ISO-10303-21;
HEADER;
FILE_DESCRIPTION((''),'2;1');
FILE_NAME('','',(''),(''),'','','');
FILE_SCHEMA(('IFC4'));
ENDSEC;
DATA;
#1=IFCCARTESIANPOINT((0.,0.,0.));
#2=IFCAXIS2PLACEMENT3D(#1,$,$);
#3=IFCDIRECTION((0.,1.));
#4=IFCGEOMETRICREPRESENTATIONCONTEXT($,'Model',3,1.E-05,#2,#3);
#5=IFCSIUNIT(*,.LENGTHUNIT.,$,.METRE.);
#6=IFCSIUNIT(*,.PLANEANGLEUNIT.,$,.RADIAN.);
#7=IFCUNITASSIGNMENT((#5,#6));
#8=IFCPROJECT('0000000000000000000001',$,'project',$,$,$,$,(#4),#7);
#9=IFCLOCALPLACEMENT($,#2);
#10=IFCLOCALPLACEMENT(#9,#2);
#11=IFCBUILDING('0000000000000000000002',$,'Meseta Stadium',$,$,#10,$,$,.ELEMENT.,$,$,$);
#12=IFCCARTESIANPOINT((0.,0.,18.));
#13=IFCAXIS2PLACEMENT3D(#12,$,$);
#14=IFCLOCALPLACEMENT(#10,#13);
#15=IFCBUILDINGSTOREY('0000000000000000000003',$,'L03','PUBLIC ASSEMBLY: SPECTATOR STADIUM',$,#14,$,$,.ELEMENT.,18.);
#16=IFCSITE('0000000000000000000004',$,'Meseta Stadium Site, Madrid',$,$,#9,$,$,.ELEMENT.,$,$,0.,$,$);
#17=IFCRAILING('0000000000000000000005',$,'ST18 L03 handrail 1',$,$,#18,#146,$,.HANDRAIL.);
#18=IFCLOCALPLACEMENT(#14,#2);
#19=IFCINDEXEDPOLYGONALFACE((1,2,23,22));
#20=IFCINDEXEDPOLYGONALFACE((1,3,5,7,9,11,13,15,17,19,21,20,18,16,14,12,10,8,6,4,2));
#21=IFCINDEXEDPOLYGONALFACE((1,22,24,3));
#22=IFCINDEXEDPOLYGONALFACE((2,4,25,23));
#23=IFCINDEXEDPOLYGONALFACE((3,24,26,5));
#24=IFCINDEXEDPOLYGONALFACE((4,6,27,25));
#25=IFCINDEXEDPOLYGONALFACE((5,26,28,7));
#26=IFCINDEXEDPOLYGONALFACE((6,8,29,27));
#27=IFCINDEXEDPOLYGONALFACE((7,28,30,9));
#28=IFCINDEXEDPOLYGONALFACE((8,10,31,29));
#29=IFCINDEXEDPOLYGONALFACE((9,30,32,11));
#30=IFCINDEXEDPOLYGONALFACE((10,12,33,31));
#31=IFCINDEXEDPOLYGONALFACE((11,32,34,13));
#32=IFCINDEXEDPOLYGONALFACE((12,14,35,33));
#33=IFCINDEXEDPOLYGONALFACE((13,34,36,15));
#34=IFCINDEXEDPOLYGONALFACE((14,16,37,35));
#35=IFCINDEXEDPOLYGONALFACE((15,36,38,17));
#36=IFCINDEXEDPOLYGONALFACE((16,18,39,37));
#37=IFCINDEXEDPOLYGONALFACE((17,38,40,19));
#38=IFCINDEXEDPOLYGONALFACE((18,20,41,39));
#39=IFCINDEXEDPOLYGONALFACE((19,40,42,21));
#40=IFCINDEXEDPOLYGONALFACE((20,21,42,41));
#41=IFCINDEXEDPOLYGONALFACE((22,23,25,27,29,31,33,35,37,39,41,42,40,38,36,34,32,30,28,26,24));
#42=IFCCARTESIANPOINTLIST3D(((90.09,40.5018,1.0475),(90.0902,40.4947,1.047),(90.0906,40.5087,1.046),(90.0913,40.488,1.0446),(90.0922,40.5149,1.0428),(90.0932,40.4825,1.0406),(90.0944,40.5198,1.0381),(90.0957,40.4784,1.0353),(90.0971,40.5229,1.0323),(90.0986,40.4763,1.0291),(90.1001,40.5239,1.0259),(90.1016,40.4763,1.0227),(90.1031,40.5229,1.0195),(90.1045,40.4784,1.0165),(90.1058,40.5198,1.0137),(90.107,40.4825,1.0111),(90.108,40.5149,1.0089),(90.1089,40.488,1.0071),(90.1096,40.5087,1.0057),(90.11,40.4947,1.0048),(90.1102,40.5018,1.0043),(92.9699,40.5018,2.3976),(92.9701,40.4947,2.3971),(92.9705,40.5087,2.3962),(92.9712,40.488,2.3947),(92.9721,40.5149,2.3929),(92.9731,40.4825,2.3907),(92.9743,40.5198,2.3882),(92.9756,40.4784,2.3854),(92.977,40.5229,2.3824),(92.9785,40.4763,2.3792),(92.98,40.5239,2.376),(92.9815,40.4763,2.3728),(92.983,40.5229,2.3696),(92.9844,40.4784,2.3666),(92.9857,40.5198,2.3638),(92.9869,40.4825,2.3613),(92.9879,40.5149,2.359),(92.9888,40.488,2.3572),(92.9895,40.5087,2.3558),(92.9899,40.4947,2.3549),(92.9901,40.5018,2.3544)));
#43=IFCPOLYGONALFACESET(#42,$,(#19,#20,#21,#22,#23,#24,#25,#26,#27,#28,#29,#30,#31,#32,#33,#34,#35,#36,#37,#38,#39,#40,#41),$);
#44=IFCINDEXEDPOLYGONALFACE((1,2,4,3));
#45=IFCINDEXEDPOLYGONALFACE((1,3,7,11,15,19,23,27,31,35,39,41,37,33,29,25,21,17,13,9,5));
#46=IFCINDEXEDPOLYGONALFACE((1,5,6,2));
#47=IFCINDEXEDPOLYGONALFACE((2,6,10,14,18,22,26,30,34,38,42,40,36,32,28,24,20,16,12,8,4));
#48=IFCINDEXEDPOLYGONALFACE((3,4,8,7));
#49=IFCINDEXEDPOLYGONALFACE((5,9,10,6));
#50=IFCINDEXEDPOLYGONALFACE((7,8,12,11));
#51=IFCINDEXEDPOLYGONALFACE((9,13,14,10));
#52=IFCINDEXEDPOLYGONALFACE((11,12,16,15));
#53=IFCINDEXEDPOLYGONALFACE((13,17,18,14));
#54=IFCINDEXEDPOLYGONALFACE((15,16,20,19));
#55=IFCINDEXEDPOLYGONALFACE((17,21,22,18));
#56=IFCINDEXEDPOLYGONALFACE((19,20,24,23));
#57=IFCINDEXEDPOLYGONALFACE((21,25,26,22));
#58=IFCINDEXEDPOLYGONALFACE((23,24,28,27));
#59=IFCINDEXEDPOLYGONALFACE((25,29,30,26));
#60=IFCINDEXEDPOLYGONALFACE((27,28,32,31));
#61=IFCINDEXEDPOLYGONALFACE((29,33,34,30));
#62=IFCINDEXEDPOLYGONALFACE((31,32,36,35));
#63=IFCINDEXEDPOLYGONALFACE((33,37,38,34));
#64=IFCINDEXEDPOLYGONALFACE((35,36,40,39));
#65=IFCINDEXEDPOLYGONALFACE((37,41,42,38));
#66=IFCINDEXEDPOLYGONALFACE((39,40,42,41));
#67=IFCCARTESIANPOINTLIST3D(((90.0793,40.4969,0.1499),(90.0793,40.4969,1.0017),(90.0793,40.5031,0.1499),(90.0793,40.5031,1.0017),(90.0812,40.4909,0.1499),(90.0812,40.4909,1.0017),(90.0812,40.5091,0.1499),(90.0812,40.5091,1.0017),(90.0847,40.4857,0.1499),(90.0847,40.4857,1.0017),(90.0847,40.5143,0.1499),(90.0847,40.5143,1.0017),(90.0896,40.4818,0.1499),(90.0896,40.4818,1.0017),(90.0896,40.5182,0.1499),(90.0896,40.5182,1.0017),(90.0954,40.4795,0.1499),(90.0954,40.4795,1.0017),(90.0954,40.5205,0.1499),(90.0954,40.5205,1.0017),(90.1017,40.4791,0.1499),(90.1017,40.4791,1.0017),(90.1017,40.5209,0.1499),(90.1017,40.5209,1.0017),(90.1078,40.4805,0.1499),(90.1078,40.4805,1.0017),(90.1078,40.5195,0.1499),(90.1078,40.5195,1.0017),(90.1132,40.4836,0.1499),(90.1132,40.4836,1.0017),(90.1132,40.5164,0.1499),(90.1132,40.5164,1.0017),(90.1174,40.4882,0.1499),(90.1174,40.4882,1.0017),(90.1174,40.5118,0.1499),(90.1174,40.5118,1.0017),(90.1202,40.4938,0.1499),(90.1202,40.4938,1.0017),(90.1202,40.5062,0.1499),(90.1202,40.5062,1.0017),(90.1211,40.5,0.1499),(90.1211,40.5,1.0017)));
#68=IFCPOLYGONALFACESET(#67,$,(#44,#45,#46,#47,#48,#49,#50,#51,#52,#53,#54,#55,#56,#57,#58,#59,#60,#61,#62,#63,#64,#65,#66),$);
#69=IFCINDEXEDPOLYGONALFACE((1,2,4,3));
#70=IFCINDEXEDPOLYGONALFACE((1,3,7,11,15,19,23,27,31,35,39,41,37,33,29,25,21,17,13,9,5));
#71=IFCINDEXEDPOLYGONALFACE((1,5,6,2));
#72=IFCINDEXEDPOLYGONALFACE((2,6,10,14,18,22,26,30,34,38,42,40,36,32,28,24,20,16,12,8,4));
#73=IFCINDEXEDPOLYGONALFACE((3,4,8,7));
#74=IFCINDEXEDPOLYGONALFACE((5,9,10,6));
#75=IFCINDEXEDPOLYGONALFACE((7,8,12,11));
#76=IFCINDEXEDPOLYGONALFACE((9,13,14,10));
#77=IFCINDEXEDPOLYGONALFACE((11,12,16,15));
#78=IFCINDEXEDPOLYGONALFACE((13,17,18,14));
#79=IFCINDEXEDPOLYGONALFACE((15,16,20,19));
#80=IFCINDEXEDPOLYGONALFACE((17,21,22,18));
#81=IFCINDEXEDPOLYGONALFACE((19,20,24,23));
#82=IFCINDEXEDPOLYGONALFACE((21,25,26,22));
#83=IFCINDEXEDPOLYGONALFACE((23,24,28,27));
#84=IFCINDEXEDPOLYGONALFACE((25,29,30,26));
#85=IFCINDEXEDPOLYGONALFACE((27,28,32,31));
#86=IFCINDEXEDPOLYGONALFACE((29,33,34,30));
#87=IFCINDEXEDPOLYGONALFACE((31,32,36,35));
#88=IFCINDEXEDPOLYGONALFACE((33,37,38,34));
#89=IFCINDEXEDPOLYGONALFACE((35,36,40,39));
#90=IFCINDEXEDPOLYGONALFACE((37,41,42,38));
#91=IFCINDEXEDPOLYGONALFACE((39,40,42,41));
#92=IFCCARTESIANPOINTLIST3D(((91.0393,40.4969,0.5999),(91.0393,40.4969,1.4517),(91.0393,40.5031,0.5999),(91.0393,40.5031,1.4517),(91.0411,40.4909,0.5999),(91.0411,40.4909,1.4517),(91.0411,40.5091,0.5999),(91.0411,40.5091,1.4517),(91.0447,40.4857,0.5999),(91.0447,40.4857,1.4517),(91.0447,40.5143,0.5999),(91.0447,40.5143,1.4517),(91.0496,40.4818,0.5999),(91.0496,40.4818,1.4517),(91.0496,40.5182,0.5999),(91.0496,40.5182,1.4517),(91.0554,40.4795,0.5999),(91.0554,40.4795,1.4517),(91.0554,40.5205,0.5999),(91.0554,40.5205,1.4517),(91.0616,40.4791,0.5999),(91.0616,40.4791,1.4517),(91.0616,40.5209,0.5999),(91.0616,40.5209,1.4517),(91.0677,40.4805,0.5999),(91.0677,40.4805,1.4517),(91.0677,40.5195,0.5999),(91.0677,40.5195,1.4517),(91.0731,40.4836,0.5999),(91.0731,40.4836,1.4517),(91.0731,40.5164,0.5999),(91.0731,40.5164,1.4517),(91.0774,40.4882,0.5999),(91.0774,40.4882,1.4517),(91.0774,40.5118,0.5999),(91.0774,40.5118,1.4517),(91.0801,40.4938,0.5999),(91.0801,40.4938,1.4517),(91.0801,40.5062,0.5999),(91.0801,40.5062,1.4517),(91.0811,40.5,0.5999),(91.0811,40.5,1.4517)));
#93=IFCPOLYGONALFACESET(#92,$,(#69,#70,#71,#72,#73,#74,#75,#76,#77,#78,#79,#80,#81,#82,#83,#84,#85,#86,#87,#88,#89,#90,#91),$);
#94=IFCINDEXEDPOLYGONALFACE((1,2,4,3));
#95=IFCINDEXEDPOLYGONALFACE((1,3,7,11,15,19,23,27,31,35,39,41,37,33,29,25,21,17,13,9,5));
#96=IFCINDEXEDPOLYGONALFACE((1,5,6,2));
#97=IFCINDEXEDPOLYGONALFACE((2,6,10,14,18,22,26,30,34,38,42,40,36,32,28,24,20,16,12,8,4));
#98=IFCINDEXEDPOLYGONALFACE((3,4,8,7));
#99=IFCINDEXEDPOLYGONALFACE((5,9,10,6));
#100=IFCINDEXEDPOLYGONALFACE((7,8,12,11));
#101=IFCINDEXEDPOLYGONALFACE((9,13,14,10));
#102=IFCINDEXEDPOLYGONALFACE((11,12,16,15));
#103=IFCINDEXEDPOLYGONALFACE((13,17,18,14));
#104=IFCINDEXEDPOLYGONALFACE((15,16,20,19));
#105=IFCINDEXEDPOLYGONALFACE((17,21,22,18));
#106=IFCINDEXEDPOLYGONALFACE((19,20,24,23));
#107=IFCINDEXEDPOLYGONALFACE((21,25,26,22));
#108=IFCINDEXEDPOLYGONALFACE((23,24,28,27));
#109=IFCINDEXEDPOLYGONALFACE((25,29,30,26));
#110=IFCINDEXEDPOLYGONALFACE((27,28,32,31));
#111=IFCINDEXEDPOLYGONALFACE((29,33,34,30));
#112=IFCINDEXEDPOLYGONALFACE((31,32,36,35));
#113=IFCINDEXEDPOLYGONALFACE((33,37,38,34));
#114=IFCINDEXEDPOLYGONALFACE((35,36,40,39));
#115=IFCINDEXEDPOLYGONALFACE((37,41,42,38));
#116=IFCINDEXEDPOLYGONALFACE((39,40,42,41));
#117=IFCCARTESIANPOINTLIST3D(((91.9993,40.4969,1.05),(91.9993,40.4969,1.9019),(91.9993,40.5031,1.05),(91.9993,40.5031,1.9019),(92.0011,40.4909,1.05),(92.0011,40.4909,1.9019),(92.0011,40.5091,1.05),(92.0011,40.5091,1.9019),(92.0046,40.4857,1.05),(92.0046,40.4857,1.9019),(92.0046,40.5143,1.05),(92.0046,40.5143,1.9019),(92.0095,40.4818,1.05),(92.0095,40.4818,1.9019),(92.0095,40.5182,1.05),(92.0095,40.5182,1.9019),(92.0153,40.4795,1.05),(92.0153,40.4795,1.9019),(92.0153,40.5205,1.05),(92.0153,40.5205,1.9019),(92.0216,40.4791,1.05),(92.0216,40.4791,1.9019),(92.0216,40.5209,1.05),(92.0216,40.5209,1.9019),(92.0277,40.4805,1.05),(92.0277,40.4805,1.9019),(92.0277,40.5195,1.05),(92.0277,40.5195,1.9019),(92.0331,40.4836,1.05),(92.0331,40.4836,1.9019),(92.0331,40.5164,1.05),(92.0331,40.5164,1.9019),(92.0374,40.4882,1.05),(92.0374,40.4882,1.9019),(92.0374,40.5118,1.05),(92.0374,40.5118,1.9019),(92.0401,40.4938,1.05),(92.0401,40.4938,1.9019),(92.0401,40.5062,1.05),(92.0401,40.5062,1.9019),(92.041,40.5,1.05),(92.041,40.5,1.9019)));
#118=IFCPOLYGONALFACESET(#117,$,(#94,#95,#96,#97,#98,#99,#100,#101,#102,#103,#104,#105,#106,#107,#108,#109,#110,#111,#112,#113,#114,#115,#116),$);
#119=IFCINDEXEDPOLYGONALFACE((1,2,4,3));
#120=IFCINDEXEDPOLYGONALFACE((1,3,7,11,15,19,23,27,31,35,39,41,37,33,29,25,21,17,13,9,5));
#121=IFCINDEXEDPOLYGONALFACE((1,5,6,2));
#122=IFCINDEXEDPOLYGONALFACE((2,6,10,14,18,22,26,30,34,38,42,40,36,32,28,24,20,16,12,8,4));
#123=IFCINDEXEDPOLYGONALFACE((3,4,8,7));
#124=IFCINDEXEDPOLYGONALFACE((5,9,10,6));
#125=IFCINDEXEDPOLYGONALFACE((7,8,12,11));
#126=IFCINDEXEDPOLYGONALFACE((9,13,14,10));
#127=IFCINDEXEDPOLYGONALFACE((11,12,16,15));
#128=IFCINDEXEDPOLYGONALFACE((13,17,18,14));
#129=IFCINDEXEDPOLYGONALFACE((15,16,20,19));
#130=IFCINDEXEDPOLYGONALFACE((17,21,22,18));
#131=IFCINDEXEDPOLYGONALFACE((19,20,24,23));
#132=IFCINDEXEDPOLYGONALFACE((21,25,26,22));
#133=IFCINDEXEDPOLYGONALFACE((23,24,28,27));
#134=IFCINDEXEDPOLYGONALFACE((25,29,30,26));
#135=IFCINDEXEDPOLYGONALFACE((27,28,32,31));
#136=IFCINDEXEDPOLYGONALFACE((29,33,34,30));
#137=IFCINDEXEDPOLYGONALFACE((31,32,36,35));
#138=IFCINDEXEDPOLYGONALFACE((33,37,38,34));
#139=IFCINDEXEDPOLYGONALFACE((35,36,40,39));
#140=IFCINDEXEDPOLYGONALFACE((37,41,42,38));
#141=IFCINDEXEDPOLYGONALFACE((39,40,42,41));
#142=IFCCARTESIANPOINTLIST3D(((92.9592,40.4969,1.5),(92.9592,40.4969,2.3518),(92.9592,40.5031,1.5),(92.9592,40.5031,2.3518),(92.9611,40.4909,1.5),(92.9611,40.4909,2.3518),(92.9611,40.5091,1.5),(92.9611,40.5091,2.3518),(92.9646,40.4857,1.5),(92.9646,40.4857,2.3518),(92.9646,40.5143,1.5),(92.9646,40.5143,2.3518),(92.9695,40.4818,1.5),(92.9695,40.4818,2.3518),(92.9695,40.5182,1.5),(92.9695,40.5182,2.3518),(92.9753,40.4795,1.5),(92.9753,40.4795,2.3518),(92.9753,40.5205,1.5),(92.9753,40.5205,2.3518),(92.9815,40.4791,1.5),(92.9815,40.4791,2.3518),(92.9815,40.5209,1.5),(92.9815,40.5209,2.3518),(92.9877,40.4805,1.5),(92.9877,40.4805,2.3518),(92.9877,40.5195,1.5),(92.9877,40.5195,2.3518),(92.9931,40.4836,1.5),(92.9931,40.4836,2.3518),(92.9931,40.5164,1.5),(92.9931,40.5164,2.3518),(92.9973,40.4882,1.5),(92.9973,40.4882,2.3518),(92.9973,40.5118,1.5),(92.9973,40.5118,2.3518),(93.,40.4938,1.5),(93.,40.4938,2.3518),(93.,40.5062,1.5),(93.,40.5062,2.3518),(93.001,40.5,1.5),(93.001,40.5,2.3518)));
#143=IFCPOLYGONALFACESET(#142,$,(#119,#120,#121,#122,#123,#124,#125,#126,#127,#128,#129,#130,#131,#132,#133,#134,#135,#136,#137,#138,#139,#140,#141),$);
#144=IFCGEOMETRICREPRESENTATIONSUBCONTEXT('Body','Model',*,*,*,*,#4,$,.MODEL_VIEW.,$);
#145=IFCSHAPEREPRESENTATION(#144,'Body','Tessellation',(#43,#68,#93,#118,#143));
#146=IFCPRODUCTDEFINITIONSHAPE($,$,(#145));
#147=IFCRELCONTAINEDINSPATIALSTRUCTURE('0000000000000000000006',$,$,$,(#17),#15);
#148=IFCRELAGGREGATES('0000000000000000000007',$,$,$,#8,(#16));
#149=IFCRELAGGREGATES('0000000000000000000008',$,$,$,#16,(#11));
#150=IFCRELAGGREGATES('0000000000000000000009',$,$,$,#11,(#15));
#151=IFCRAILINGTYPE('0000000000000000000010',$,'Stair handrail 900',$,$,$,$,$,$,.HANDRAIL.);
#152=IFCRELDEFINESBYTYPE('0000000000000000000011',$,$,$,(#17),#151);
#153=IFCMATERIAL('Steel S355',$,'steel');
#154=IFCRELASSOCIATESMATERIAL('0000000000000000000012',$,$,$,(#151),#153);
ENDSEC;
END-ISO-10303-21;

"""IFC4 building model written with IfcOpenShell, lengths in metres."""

from ifc_helpers import new_model, si_unit, direction, frame, origin, origin_2d, place, context, subcontext, project, spatial, circle, extrude, material, type_object, element, save


model = new_model("IFC4")

# Units and contexts
model_context = context("Model", 3, precision=1e-05, world=origin(), true_north=direction((0.0, 1.0)))
body_context = subcontext(model_context, "Body", "Model", "MODEL_VIEW")
ifc_project = project(units=[si_unit("LENGTHUNIT", "METRE"), si_unit("PLANEANGLEUNIT", "RADIAN")], contexts=[model_context])

# Site, building, storey
site_placement = place(None, origin())
site = spatial("IfcSite", under=ifc_project, at=site_placement, Name="Meseta Stadium Site, Madrid", CompositionType="ELEMENT", RefElevation=0.0)
building_placement = place(site_placement, origin())
building = spatial("IfcBuilding", under=site, at=building_placement, Name="Meseta Stadium", CompositionType="ELEMENT")
storey_placement = place(building_placement, frame((0.0, 0.0, 18.0)))
storey = spatial("IfcBuildingStorey", under=building, at=storey_placement, Name="L03", Description="PUBLIC ASSEMBLY: SPECTATOR STADIUM", CompositionType="ELEMENT", Elevation=18.0)

# Railing
ifc_material_1 = material(Name="Steel S355", Category="steel")
railing_type_1 = type_object("IfcRailingType", Name="Stair handrail 900", PredefinedType="HANDRAIL", material=ifc_material_1)
for number, where, name in (
    (1, (90.1001, 40.5, 0.1499), "ST18 L03 handrail 1"),
):
    element("IfcRailing", number, at=place(storey_placement, frame(where)), inside=storey, type_object=railing_type_1, Name=name, PredefinedType="HANDRAIL", context=body_context, shape_type="SweptSolid", body=[
        extrude(circle(Radius=0.0239, at=origin_2d()), frame((0.0, 0.0, 0.876), z_axis=(0.90544, 0.0, 0.424473), x_axis=(0.0, 1.0, 0.0)), (0.0, 0.0, 1.0), 3.1807),
        extrude(circle(Radius=0.021, at=origin_2d()), origin(), (0.0, 0.0, 1.0), 0.8518),
        extrude(circle(Radius=0.021, at=origin_2d()), frame((0.96, 0.0, 0.45)), (0.0, 0.0, 1.0), 0.8518),
        extrude(circle(Radius=0.021, at=origin_2d()), frame((1.9199, 0.0, 0.9001)), (0.0, 0.0, 1.0), 0.8518),
        extrude(circle(Radius=0.021, at=origin_2d()), frame((2.8799, 0.0, 1.3501)), (0.0, 0.0, 1.0), 0.8518),
    ])

save(model, "model.ifc")
